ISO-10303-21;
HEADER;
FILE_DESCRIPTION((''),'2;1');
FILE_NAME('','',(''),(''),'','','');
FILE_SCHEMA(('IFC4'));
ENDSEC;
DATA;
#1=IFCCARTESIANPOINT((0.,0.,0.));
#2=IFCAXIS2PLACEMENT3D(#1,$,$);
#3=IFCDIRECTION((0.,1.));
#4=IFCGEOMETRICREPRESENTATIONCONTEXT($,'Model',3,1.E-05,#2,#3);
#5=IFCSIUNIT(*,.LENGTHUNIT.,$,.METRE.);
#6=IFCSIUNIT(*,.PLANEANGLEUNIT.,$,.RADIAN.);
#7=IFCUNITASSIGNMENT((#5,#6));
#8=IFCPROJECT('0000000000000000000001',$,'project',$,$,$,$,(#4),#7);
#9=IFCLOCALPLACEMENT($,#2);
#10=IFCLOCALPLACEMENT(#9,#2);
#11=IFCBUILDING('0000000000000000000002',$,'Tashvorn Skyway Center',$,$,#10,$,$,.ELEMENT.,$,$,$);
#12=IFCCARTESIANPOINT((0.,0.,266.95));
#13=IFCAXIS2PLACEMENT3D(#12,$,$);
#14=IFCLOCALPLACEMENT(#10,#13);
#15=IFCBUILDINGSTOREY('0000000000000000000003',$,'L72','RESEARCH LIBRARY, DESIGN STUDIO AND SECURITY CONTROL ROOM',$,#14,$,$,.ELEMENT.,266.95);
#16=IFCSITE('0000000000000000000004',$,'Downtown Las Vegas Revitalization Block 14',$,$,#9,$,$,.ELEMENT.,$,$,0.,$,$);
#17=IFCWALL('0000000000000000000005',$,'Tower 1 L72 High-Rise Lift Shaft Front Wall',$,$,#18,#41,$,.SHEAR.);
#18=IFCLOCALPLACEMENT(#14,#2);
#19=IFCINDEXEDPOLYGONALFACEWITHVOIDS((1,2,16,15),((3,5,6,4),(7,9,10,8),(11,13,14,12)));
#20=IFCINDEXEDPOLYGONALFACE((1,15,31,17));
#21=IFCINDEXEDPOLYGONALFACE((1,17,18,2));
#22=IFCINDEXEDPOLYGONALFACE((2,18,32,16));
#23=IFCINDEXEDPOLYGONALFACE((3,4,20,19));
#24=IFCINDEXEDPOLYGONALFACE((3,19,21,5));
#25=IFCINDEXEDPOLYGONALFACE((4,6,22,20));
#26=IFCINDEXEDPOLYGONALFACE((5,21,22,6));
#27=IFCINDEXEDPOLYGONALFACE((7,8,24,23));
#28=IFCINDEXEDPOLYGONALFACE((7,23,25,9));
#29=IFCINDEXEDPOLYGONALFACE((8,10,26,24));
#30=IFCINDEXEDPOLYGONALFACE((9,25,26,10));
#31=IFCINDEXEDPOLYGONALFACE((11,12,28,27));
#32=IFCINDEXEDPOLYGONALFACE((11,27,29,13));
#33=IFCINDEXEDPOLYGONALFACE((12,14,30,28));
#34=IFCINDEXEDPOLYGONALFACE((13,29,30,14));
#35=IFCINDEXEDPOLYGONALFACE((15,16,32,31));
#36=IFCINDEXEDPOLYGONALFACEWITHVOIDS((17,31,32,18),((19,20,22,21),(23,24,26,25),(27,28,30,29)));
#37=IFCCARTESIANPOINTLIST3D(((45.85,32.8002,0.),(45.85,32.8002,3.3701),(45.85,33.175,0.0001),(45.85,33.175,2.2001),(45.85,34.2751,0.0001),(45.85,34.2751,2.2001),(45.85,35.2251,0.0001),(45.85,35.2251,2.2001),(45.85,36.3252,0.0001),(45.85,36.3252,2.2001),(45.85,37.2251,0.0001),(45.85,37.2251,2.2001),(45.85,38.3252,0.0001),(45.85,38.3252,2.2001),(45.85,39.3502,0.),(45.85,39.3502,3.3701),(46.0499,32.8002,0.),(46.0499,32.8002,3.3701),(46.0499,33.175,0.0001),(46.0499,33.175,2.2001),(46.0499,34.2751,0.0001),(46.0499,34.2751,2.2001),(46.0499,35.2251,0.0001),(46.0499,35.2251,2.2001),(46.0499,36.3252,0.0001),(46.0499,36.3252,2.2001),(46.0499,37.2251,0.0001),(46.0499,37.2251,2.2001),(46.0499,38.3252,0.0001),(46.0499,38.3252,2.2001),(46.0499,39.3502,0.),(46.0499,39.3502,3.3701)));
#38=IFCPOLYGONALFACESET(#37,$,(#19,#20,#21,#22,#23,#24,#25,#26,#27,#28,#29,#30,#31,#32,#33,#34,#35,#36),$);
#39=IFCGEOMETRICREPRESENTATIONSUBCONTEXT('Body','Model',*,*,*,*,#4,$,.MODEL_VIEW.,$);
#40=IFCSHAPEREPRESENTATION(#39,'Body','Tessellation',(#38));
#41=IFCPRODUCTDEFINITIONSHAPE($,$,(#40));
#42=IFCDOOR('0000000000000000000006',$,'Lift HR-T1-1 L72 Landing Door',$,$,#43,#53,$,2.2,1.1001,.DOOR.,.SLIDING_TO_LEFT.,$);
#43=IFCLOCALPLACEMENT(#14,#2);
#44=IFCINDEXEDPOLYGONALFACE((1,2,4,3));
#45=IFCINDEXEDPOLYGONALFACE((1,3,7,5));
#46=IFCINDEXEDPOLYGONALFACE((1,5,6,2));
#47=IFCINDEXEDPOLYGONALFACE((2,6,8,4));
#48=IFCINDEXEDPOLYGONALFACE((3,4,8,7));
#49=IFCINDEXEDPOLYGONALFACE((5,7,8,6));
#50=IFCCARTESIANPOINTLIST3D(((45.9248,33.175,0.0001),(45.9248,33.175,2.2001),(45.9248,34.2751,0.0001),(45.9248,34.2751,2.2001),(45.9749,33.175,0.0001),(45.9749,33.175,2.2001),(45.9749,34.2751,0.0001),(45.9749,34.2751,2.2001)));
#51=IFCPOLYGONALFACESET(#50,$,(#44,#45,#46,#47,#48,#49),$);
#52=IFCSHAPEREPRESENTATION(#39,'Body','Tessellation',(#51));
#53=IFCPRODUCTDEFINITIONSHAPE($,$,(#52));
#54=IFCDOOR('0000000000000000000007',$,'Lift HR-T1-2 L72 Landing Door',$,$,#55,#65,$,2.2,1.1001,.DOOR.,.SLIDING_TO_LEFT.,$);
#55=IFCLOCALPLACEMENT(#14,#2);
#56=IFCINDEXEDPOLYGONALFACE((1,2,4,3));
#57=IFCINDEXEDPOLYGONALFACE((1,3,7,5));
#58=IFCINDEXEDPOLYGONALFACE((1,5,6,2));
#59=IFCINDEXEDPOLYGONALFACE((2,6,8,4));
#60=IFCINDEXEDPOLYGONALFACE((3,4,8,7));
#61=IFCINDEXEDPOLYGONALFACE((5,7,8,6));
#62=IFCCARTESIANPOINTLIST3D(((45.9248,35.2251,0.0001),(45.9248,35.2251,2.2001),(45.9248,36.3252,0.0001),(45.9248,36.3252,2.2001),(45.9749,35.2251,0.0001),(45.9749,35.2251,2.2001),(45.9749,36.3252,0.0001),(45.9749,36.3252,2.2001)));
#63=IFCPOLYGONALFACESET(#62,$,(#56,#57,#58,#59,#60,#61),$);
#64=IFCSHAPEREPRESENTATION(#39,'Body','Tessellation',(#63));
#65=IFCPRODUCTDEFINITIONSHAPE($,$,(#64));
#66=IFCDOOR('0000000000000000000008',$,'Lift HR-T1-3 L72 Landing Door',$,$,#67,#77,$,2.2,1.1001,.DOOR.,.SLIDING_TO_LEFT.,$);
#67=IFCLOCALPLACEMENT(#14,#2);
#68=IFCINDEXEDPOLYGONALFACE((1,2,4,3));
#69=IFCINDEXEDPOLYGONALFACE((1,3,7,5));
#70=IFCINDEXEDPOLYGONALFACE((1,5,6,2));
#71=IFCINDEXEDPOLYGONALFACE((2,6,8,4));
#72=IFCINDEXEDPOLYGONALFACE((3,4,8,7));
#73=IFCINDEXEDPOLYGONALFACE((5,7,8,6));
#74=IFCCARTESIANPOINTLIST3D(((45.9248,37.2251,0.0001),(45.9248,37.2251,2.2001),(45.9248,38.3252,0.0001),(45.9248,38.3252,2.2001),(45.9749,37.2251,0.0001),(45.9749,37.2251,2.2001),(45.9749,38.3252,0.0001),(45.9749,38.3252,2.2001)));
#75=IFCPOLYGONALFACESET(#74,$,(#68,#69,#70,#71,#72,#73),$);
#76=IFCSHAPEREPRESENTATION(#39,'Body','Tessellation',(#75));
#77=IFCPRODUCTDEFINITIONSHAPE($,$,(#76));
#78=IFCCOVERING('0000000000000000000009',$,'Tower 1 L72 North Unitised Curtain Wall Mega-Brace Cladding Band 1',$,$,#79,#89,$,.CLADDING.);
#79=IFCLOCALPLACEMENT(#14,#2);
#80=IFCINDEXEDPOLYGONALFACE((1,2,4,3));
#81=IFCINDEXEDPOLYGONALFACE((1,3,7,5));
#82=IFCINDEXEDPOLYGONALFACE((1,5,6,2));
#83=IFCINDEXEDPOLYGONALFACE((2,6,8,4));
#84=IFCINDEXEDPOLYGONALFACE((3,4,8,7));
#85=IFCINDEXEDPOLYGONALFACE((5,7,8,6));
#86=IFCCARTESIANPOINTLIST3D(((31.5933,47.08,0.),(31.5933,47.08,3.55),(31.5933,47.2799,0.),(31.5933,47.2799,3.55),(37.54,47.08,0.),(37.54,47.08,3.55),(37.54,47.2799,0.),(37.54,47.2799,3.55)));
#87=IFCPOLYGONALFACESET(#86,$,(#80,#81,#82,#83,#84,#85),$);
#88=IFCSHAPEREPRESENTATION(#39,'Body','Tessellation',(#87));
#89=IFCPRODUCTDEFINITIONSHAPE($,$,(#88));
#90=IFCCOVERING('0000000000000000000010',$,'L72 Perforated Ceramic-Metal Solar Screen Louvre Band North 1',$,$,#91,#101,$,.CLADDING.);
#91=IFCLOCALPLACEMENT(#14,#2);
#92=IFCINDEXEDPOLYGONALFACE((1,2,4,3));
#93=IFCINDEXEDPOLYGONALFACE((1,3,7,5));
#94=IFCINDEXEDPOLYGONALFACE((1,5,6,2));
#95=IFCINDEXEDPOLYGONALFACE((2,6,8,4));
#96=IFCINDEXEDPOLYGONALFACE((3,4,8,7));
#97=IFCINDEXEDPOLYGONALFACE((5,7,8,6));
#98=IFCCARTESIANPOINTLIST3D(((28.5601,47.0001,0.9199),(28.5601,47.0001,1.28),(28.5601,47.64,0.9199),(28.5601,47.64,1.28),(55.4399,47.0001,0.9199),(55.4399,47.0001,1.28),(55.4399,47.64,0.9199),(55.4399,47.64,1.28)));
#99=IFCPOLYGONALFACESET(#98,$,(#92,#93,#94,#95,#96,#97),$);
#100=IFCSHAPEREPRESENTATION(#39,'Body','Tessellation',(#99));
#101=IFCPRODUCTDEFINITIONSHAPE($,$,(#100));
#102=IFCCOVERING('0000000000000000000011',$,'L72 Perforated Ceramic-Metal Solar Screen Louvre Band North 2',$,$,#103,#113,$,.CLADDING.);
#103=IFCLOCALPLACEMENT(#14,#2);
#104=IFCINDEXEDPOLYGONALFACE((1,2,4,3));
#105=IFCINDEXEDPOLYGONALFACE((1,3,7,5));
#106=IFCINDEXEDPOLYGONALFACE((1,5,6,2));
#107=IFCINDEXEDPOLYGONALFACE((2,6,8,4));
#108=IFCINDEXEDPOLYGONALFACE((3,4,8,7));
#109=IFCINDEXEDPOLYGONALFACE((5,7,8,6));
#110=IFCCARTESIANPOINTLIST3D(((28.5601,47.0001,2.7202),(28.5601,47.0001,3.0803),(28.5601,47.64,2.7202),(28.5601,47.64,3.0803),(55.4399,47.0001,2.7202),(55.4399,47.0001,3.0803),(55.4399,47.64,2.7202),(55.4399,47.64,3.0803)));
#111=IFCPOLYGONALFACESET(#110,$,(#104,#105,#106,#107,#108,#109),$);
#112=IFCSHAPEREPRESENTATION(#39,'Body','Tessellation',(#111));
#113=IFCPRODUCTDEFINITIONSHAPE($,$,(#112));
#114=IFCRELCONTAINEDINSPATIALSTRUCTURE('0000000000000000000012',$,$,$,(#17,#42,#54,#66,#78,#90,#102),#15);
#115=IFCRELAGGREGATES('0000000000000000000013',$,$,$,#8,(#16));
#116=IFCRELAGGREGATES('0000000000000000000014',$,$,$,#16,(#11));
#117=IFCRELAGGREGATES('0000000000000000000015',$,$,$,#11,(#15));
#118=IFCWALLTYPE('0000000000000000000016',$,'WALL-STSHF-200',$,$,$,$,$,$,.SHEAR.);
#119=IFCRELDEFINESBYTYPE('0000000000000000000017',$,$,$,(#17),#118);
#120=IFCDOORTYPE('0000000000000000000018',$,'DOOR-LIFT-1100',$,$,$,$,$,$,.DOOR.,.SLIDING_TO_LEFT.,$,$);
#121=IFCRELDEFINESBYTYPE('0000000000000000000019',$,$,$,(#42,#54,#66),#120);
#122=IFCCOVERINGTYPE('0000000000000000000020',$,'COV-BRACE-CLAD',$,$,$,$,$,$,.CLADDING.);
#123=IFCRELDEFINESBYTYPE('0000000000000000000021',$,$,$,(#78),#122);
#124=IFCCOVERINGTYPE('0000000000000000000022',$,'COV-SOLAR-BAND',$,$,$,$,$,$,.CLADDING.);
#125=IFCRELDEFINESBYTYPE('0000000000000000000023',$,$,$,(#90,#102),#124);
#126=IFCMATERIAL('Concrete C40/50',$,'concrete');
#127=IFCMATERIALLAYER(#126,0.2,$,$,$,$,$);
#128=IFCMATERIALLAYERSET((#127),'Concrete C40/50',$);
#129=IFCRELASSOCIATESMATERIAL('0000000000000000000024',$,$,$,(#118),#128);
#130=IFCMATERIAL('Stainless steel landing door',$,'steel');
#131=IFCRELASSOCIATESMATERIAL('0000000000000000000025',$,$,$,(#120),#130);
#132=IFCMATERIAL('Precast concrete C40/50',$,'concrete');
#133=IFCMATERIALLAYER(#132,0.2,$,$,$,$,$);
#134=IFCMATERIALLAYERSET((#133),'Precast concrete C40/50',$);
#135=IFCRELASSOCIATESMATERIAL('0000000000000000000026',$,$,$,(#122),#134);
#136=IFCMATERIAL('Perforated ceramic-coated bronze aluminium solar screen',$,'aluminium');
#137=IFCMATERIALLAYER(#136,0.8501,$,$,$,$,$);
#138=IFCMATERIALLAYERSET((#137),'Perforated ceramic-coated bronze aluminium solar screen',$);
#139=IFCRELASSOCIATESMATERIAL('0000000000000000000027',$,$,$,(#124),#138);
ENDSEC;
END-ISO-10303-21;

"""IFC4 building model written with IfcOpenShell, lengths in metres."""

from ifc_helpers import new_model, si_unit, direction, frame, frame_2d, origin, origin_2d, place, context, subcontext, project, spatial, rectangle, extrude, material, layer, layer_set, type_object, element, fill, save


model = new_model("IFC4")

# Units and contexts
model_context = context("Model", 3, precision=1e-05, world=origin(), true_north=direction((0.0, 1.0)))
body_context = subcontext(model_context, "Body", "Model", "MODEL_VIEW")
ifc_project = project(units=[si_unit("LENGTHUNIT", "METRE"), si_unit("PLANEANGLEUNIT", "RADIAN")], contexts=[model_context])

# Site, building, storey
site_placement = place(None, origin())
site = spatial("IfcSite", under=ifc_project, at=site_placement, Name="Downtown Las Vegas Revitalization Block 14", CompositionType="ELEMENT", RefElevation=0.0)
building_placement = place(site_placement, origin())
building = spatial("IfcBuilding", under=site, at=building_placement, Name="Tashvorn Skyway Center", CompositionType="ELEMENT")
storey_placement = place(building_placement, frame((0.0, 0.0, 266.95)))
storey = spatial("IfcBuildingStorey", under=building, at=storey_placement, Name="L72", Description="RESEARCH LIBRARY, DESIGN STUDIO AND SECURITY CONTROL ROOM", CompositionType="ELEMENT", Elevation=266.95)

# Shared definitions
ifc_material_1 = material(Name="Concrete C40/50", Category="concrete")
ifc_layer_1 = layer(ifc_material_1, 0.2)
ifc_layer_set_1 = layer_set([ifc_layer_1], Name="Concrete C40/50")
wall_type_1 = type_object("IfcWallType", Name="WALL-STSHF-200", PredefinedType="SHEAR", material=ifc_layer_set_1)

# Wall, openings, doors
wall_1_placement = place(storey_placement, frame((45.95, 39.3501, 0.0), z_axis=(0.0, 0.0, 1.0), x_axis=(0.0, -1.0, 0.0)))
wall_1 = element("IfcWall", 1, at=wall_1_placement, inside=storey, type_object=wall_type_1, Name="Tower 1 L72 High-Rise Lift Shaft Front Wall", PredefinedType="SHEAR", context=body_context, shape_type="SweptSolid", body=[
    extrude(rectangle(XDim=6.55, YDim=0.2, at=frame_2d((3.2749, 0.0))), origin(), (0.0, 0.0, 1.0), 3.3701),
])
opening_1_placement = place(wall_1_placement, frame((5.075, 0.0, 0.0)))
opening_1 = element("IfcOpeningElement", 2, at=opening_1_placement, cuts=wall_1, PredefinedType="OPENING", context=body_context, shape_type="SweptSolid", body=[
    extrude(rectangle(XDim=1.1001, YDim=2.2, at=frame_2d((0.55, 1.1001))), frame((0.0, 0.1099, 0.0), z_axis=(0.0, -1.0, 0.0), x_axis=(1.0, 0.0, 0.0)), (0.0, 0.0, 1.0), 0.22),
])
opening_2_placement = place(wall_1_placement, frame((3.0249, 0.0, 0.0)))
opening_2 = element("IfcOpeningElement", 3, at=opening_2_placement, cuts=wall_1, PredefinedType="OPENING", context=body_context, shape_type="SweptSolid", body=[
    extrude(rectangle(XDim=1.1001, YDim=2.2, at=frame_2d((0.55, 1.1001))), frame((0.0, 0.1099, 0.0), z_axis=(0.0, -1.0, 0.0), x_axis=(1.0, 0.0, 0.0)), (0.0, 0.0, 1.0), 0.22),
])
opening_3_placement = place(wall_1_placement, frame((1.0249, 0.0, 0.0)))
opening_3 = element("IfcOpeningElement", 4, at=opening_3_placement, cuts=wall_1, PredefinedType="OPENING", context=body_context, shape_type="SweptSolid", body=[
    extrude(rectangle(XDim=1.1001, YDim=2.2, at=frame_2d((0.55, 1.1001))), frame((0.0, 0.1099, 0.0), z_axis=(0.0, -1.0, 0.0), x_axis=(1.0, 0.0, 0.0)), (0.0, 0.0, 1.0), 0.22),
])
ifc_material_2 = material(Name="Stainless steel landing door", Category="steel")
door_type_1 = type_object("IfcDoorType", Name="DOOR-LIFT-1100", OperationType="SLIDING_TO_LEFT", PredefinedType="DOOR", material=ifc_material_2)
door_1_placement = place(opening_1_placement, origin())
door_1 = element("IfcDoor", 5, at=door_1_placement, inside=storey, type_object=door_type_1, Name="Lift HR-T1-1 L72 Landing Door", OperationType="SLIDING_TO_LEFT", OverallHeight=2.2, OverallWidth=1.1001, PredefinedType="DOOR", context=body_context, shape_type="SweptSolid", body=[
    extrude(rectangle(XDim=1.1001, YDim=2.2, at=frame_2d((0.55, 1.1001))), frame((0.0, 0.0249, 0.0), z_axis=(0.0, -1.0, 0.0), x_axis=(1.0, 0.0, 0.0)), (0.0, 0.0, 1.0), 0.05),
])
fill(opening_1, door_1)
door_2_placement = place(opening_2_placement, origin())
door_2 = element("IfcDoor", 6, at=door_2_placement, inside=storey, type_object=door_type_1, Name="Lift HR-T1-2 L72 Landing Door", OperationType="SLIDING_TO_LEFT", OverallHeight=2.2, OverallWidth=1.1001, PredefinedType="DOOR", context=body_context, shape_type="SweptSolid", body=[
    extrude(rectangle(XDim=1.1001, YDim=2.2, at=frame_2d((0.55, 1.1001))), frame((0.0, 0.0249, 0.0), z_axis=(0.0, -1.0, 0.0), x_axis=(1.0, 0.0, 0.0)), (0.0, 0.0, 1.0), 0.05),
])
fill(opening_2, door_2)
door_3_placement = place(opening_3_placement, origin())
door_3 = element("IfcDoor", 7, at=door_3_placement, inside=storey, type_object=door_type_1, Name="Lift HR-T1-3 L72 Landing Door", OperationType="SLIDING_TO_LEFT", OverallHeight=2.2, OverallWidth=1.1001, PredefinedType="DOOR", context=body_context, shape_type="SweptSolid", body=[
    extrude(rectangle(XDim=1.1001, YDim=2.2, at=frame_2d((0.55, 1.1001))), frame((0.0, 0.0249, 0.0), z_axis=(0.0, -1.0, 0.0), x_axis=(1.0, 0.0, 0.0)), (0.0, 0.0, 1.0), 0.05),
])
fill(opening_3, door_3)

# Coverings
ifc_material_3 = material(Name="Precast concrete C40/50", Category="concrete")
ifc_layer_2 = layer(ifc_material_3, 0.2)
ifc_layer_set_2 = layer_set([ifc_layer_2], Name="Precast concrete C40/50")
covering_type_1 = type_object("IfcCoveringType", Name="COV-BRACE-CLAD", PredefinedType="CLADDING", material=ifc_layer_set_2)
covering_placement = place(storey_placement, frame((34.5667, 47.1799, 0.0), z_axis=(0.0, 0.0, 1.0), x_axis=(1.0, 0.0, 0.0)))
element("IfcCovering", 8, at=covering_placement, inside=storey, type_object=covering_type_1, Name="Tower 1 L72 North Unitised Curtain Wall Mega-Brace Cladding Band 1", PredefinedType="CLADDING", context=body_context, shape_type="SweptSolid", body=[
    extrude(rectangle(XDim=5.9468, YDim=0.2, at=origin_2d()), origin(), (0.0, 0.0, 1.0), 3.55),
])
ifc_material_4 = material(Name="Perforated ceramic-coated bronze aluminium solar screen", Category="aluminium")
ifc_layer_3 = layer(ifc_material_4, 0.8501)
ifc_layer_set_3 = layer_set([ifc_layer_3], Name="Perforated ceramic-coated bronze aluminium solar screen")
covering_type_2 = type_object("IfcCoveringType", Name="COV-SOLAR-BAND", PredefinedType="CLADDING", material=ifc_layer_set_3)
for number, where, z_axis, x_axis, name in (
    (9, (42.0, 47.3201, 0.9199), (0.0, 0.0, 1.0), (1.0, 0.0, 0.0), "L72 Perforated Ceramic-Metal Solar Screen Louvre Band North 1"),
    (10, (42.0, 47.3201, 2.7202), (0.0, 0.0, 1.0), (1.0, 0.0, 0.0), "L72 Perforated Ceramic-Metal Solar Screen Louvre Band North 2"),
):
    element("IfcCovering", number, at=place(storey_placement, frame(where, z_axis=z_axis, x_axis=x_axis)), inside=storey, type_object=covering_type_2, Name=name, PredefinedType="CLADDING", context=body_context, shape_type="SweptSolid", body=[
        extrude(rectangle(XDim=26.8799, YDim=0.6399, at=origin_2d()), origin(), (0.0, 0.0, 1.0), 0.3601),
    ])

save(model, "model.ifc")
